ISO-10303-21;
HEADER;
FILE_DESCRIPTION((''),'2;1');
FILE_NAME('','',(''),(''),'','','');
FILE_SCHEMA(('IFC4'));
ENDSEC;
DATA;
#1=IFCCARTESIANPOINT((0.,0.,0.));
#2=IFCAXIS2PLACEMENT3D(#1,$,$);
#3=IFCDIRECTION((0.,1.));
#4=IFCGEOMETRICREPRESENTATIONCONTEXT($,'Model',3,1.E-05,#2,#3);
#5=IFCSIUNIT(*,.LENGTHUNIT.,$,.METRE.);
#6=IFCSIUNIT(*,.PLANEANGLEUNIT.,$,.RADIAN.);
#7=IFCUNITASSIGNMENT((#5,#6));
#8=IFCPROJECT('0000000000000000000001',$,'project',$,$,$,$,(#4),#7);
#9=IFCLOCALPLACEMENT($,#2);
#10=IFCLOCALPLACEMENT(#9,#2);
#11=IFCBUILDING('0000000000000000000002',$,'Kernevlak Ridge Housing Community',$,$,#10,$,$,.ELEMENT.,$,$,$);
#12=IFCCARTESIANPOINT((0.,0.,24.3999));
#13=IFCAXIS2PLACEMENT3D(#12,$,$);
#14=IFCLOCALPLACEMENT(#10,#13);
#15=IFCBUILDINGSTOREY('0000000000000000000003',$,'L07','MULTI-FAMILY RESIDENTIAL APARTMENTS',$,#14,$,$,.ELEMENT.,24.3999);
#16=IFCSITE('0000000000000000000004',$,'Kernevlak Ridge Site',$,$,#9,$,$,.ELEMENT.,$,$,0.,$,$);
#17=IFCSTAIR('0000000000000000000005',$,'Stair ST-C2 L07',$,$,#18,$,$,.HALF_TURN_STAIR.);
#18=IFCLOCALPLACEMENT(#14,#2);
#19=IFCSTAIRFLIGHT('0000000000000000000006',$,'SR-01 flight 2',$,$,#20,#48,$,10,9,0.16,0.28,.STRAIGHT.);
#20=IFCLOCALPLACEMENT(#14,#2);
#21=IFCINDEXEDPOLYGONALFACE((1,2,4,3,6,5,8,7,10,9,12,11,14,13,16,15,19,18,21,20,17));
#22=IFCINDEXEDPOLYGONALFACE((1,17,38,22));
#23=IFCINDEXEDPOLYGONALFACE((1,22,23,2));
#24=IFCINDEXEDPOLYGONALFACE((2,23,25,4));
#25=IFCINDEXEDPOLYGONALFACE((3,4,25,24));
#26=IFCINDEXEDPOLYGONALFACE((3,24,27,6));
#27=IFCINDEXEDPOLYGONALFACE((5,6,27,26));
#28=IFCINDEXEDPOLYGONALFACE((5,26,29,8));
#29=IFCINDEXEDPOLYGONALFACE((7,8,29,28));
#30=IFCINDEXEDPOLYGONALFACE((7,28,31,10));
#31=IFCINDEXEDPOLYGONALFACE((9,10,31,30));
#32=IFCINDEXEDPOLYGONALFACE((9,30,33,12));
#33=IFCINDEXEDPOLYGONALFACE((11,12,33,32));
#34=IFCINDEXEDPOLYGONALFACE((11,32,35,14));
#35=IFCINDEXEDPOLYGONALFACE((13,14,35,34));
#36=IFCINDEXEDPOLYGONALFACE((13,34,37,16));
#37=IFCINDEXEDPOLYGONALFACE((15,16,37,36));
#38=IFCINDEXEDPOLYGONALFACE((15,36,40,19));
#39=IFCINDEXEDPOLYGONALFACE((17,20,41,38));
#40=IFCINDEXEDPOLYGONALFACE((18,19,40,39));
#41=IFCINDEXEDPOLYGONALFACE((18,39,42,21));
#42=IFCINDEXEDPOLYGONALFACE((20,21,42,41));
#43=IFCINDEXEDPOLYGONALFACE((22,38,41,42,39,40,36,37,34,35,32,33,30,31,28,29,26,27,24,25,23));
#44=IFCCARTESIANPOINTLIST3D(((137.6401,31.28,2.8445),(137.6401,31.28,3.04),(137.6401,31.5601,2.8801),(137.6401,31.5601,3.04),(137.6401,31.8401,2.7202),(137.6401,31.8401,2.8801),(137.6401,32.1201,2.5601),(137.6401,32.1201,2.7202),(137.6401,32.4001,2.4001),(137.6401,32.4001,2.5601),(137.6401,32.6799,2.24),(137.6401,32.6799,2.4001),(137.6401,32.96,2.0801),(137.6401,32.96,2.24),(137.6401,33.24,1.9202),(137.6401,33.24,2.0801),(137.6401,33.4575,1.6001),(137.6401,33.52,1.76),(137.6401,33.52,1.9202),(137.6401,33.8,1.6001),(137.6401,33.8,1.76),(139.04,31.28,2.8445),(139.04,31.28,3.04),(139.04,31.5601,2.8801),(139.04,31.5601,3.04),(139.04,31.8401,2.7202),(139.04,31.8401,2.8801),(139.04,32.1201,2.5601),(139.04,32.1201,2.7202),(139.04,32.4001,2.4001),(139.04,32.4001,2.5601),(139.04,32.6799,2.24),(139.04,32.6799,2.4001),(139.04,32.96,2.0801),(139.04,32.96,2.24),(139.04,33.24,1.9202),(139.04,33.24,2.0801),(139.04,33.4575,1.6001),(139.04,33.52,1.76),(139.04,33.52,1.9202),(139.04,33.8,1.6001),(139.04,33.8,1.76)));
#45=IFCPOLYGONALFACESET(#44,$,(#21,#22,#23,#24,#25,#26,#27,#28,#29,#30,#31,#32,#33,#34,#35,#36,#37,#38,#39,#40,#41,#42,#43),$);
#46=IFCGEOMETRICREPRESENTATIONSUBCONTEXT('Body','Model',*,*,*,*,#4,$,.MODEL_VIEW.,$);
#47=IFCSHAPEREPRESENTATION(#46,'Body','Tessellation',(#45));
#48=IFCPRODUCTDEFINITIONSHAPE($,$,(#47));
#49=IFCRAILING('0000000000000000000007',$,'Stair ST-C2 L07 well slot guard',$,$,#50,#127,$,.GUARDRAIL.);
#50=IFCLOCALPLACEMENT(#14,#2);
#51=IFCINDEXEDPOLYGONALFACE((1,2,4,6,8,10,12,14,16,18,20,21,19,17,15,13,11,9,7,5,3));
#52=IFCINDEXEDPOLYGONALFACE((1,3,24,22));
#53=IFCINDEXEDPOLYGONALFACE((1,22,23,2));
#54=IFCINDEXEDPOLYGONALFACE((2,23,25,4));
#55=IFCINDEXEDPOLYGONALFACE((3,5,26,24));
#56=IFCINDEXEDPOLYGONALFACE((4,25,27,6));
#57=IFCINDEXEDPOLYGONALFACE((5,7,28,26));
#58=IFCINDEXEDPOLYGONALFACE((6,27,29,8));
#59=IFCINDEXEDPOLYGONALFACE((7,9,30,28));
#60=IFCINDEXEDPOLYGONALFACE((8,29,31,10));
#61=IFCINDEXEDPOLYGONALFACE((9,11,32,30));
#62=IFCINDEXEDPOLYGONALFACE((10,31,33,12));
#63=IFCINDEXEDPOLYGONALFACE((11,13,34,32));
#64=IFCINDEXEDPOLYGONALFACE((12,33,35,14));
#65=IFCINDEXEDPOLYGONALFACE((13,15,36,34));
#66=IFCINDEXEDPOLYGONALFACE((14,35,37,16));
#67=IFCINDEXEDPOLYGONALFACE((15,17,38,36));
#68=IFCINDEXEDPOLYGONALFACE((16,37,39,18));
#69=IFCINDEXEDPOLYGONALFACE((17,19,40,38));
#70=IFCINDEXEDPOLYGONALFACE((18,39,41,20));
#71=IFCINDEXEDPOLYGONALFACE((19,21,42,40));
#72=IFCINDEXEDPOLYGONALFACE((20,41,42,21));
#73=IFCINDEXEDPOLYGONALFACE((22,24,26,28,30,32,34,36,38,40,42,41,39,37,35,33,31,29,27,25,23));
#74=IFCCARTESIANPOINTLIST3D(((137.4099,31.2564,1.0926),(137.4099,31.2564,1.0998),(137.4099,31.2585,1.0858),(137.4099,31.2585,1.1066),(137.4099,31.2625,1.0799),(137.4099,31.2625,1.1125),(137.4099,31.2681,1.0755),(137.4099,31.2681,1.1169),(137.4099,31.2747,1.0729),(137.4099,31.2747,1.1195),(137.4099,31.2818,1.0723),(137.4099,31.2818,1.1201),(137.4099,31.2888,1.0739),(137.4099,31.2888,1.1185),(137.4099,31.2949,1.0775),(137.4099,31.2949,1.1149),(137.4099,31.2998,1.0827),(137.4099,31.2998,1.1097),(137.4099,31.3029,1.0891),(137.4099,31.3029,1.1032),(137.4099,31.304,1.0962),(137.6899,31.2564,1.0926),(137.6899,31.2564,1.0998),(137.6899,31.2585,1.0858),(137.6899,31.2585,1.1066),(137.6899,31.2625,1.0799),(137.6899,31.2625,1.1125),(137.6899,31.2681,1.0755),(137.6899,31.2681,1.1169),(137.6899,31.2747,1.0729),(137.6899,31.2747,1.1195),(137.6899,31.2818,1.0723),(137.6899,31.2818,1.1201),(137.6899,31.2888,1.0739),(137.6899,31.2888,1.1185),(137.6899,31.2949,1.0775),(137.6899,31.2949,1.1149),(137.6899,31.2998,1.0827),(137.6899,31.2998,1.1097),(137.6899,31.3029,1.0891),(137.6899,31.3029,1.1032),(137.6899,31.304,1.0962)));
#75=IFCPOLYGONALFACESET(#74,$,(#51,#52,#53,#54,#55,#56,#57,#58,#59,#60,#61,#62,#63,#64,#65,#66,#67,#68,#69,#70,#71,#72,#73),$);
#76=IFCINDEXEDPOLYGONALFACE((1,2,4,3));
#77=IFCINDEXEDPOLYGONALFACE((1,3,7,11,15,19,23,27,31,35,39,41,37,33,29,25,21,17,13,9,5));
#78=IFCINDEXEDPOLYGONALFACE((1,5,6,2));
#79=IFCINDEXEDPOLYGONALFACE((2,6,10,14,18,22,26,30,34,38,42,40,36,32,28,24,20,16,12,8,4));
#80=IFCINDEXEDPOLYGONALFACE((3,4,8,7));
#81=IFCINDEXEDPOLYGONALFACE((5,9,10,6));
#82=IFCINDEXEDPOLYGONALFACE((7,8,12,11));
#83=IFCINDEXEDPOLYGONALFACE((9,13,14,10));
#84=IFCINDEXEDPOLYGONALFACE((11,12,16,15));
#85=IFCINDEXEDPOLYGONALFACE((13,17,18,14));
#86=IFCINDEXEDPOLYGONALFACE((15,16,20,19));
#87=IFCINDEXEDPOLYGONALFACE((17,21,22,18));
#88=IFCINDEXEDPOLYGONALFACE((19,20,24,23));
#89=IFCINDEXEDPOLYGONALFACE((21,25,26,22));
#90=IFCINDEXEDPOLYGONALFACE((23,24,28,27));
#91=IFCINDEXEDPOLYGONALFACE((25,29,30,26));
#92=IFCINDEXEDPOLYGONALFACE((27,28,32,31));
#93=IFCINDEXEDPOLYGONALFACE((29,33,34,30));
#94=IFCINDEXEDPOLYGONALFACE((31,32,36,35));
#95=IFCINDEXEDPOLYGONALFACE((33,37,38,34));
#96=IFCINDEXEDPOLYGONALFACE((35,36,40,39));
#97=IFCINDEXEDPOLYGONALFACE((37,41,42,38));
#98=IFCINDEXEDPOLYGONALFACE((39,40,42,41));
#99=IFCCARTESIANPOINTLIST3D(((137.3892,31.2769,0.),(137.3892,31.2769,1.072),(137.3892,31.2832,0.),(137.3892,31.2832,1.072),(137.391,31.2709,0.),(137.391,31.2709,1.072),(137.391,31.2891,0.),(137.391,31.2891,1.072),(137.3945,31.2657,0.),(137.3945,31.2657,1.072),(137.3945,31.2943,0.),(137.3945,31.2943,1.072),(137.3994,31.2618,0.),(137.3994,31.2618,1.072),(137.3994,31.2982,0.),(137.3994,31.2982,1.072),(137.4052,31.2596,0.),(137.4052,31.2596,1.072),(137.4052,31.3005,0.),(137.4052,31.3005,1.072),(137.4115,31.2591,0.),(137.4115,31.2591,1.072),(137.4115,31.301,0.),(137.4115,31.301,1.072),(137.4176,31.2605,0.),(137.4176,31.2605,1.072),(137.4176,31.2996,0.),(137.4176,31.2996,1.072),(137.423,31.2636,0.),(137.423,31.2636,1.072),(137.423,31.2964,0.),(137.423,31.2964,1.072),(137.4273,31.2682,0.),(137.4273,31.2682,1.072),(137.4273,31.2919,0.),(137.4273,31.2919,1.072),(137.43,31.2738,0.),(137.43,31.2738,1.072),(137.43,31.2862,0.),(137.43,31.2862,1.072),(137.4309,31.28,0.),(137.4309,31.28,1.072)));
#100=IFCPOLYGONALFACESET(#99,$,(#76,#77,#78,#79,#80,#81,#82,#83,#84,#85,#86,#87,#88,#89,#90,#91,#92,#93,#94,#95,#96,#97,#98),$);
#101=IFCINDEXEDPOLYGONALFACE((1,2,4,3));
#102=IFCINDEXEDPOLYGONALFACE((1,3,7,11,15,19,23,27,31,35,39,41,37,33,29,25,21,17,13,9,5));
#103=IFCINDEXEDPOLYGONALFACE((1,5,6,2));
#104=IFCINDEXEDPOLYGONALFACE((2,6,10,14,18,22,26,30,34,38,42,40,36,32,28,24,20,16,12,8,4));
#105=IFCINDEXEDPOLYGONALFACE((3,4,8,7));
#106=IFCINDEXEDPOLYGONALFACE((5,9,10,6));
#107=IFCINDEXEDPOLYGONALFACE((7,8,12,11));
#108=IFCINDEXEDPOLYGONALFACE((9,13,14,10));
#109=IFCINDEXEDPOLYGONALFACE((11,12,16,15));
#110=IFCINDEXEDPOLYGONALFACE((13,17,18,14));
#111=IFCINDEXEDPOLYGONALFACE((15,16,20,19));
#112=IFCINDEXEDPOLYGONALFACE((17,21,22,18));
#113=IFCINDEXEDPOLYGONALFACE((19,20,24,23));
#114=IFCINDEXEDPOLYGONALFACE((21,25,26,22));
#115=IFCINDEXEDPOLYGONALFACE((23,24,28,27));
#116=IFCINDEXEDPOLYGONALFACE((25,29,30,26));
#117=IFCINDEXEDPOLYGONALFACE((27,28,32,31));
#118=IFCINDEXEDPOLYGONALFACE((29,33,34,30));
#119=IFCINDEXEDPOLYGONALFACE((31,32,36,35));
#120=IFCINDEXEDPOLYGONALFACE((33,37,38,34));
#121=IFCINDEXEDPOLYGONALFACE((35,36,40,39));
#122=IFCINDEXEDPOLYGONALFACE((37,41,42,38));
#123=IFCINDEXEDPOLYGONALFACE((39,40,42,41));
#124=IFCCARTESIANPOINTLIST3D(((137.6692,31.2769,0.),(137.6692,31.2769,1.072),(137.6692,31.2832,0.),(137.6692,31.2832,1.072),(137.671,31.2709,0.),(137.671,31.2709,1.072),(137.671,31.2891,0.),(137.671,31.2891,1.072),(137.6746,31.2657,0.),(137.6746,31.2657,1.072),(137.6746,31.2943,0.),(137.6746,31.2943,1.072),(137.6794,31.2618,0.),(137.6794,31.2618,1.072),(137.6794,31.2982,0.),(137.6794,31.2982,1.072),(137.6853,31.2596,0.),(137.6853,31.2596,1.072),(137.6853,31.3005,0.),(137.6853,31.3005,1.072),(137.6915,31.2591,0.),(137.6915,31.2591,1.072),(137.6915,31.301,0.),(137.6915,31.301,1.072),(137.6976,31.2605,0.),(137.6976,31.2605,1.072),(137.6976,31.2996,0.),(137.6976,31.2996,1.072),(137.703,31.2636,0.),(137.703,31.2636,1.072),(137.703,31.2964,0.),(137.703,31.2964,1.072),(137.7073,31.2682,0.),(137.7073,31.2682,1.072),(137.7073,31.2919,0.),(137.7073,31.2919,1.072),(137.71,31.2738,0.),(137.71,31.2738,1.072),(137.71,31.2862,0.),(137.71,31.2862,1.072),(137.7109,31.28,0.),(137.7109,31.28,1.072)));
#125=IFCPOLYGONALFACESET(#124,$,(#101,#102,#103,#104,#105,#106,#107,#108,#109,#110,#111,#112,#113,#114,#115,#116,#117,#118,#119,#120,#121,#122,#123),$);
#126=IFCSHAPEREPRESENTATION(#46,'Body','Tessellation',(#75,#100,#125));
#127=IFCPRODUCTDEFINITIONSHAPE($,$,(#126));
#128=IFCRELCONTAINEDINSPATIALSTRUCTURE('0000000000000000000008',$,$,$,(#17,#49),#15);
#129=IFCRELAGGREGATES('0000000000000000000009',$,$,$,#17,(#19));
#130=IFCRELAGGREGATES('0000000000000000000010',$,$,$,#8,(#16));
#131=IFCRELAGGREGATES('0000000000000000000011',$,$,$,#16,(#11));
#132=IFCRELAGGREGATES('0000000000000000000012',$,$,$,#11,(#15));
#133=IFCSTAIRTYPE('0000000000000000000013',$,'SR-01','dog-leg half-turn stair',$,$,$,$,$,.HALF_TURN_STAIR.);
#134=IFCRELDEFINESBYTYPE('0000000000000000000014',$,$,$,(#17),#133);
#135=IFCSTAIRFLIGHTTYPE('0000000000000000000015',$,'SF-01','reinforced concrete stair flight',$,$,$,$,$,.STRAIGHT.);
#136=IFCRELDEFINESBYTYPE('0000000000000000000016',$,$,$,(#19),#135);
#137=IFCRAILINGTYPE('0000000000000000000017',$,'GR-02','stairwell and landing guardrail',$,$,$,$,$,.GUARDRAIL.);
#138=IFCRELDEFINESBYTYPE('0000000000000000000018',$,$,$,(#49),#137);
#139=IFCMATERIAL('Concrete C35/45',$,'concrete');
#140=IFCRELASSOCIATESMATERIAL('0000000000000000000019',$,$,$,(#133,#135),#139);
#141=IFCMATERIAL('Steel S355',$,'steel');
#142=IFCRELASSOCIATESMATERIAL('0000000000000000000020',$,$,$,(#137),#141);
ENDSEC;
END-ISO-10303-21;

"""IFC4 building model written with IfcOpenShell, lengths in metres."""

from ifc_helpers import new_model, si_unit, direction, frame, origin, origin_2d, place, context, subcontext, project, spatial, polyline, circle, outline, extrude, material, type_object, element, aggregate, save


model = new_model("IFC4")

# Units and contexts
model_context = context("Model", 3, precision=1e-05, world=origin(), true_north=direction((0.0, 1.0)))
body_context = subcontext(model_context, "Body", "Model", "MODEL_VIEW")
ifc_project = project(units=[si_unit("LENGTHUNIT", "METRE"), si_unit("PLANEANGLEUNIT", "RADIAN")], contexts=[model_context])

# Site, building, storey
site_placement = place(None, origin())
site = spatial("IfcSite", under=ifc_project, at=site_placement, Name="Kernevlak Ridge Site", CompositionType="ELEMENT", RefElevation=0.0)
building_placement = place(site_placement, origin())
building = spatial("IfcBuilding", under=site, at=building_placement, Name="Kernevlak Ridge Housing Community", CompositionType="ELEMENT")
storey_placement = place(building_placement, frame((0.0, 0.0, 24.3999)))
storey = spatial("IfcBuildingStorey", under=building, at=storey_placement, Name="L07", Description="MULTI-FAMILY RESIDENTIAL APARTMENTS", CompositionType="ELEMENT", Elevation=24.3999)

# Shared definitions
ifc_material_1 = material(Name="Concrete C35/45", Category="concrete")

# Stair, stair flight
stair_type = type_object("IfcStairType", Name="SR-01", Description="dog-leg half-turn stair", PredefinedType="HALF_TURN_STAIR", material=ifc_material_1)
stair_placement = place(storey_placement, origin())
stair = element("IfcStair", 1, at=stair_placement, inside=storey, type_object=stair_type, Name="Stair ST-C2 L07", PredefinedType="HALF_TURN_STAIR")
stair_flight_type = type_object("IfcStairFlightType", Name="SF-01", Description="reinforced concrete stair flight", PredefinedType="STRAIGHT", material=ifc_material_1)
stair_flight_1_placement = place(storey_placement, frame((138.3401, 33.8, 1.6001), z_axis=(0.0, 0.0, 1.0), x_axis=(0.0, -1.0, 0.0)))
stair_flight_1 = element("IfcStairFlight", 2, at=stair_flight_1_placement, type_object=stair_flight_type, Name="SR-01 flight 2", NumberOfRisers=10, NumberOfTreads=9, PredefinedType="STRAIGHT", RiserHeight=0.16, TreadLength=0.28, context=body_context, shape_type="SweptSolid", body=[
    extrude(outline(polyline([(0.0, 0.0), (0.0, 0.1599), (0.28, 0.1599), (0.28, 0.3201), (0.5601, 0.3201), (0.5601, 0.48), (0.8401, 0.48), (0.8401, 0.6399), (1.1201, 0.6399), (1.1201, 0.8), (1.3999, 0.8), (1.3999, 0.96), (1.6799, 0.96), (1.6799, 1.1201), (1.96, 1.1201), (1.96, 1.28), (2.24, 1.28), (2.24, 1.4399), (2.52, 1.4399), (2.52, 1.6001), (2.52, 1.2444), (0.3425, 0.0), (0.0, 0.0)])), frame((0.0, 0.7, 0.0), z_axis=(0.0, -1.0, 0.0), x_axis=(1.0, 0.0, 0.0)), (0.0, 0.0, 1.0), 1.3999),
])
aggregate(stair, [stair_flight_1])

# Railing
ifc_material_2 = material(Name="Steel S355", Category="steel")
railing_type_1 = type_object("IfcRailingType", Name="GR-02", Description="stairwell and landing guardrail", PredefinedType="GUARDRAIL", material=ifc_material_2)
railing_1_placement = place(storey_placement, frame((137.4099, 31.28, 0.0)))
element("IfcRailing", 3, at=railing_1_placement, inside=storey, type_object=railing_type_1, Name="Stair ST-C2 L07 well slot guard", PredefinedType="GUARDRAIL", context=body_context, shape_type="SweptSolid", body=[
    extrude(circle(Radius=0.0239, at=origin_2d()), frame((0.0, 0.0, 1.0962), z_axis=(1.0, 0.0, 0.0), x_axis=(0.0, 1.0, 0.0)), (0.0, 0.0, 1.0), 0.28),
    extrude(circle(Radius=0.021, at=origin_2d()), origin(), (0.0, 0.0, 1.0), 1.072),
    extrude(circle(Radius=0.021, at=origin_2d()), frame((0.28, 0.0, 0.0)), (0.0, 0.0, 1.0), 1.072),
])

save(model, "model.ifc")
